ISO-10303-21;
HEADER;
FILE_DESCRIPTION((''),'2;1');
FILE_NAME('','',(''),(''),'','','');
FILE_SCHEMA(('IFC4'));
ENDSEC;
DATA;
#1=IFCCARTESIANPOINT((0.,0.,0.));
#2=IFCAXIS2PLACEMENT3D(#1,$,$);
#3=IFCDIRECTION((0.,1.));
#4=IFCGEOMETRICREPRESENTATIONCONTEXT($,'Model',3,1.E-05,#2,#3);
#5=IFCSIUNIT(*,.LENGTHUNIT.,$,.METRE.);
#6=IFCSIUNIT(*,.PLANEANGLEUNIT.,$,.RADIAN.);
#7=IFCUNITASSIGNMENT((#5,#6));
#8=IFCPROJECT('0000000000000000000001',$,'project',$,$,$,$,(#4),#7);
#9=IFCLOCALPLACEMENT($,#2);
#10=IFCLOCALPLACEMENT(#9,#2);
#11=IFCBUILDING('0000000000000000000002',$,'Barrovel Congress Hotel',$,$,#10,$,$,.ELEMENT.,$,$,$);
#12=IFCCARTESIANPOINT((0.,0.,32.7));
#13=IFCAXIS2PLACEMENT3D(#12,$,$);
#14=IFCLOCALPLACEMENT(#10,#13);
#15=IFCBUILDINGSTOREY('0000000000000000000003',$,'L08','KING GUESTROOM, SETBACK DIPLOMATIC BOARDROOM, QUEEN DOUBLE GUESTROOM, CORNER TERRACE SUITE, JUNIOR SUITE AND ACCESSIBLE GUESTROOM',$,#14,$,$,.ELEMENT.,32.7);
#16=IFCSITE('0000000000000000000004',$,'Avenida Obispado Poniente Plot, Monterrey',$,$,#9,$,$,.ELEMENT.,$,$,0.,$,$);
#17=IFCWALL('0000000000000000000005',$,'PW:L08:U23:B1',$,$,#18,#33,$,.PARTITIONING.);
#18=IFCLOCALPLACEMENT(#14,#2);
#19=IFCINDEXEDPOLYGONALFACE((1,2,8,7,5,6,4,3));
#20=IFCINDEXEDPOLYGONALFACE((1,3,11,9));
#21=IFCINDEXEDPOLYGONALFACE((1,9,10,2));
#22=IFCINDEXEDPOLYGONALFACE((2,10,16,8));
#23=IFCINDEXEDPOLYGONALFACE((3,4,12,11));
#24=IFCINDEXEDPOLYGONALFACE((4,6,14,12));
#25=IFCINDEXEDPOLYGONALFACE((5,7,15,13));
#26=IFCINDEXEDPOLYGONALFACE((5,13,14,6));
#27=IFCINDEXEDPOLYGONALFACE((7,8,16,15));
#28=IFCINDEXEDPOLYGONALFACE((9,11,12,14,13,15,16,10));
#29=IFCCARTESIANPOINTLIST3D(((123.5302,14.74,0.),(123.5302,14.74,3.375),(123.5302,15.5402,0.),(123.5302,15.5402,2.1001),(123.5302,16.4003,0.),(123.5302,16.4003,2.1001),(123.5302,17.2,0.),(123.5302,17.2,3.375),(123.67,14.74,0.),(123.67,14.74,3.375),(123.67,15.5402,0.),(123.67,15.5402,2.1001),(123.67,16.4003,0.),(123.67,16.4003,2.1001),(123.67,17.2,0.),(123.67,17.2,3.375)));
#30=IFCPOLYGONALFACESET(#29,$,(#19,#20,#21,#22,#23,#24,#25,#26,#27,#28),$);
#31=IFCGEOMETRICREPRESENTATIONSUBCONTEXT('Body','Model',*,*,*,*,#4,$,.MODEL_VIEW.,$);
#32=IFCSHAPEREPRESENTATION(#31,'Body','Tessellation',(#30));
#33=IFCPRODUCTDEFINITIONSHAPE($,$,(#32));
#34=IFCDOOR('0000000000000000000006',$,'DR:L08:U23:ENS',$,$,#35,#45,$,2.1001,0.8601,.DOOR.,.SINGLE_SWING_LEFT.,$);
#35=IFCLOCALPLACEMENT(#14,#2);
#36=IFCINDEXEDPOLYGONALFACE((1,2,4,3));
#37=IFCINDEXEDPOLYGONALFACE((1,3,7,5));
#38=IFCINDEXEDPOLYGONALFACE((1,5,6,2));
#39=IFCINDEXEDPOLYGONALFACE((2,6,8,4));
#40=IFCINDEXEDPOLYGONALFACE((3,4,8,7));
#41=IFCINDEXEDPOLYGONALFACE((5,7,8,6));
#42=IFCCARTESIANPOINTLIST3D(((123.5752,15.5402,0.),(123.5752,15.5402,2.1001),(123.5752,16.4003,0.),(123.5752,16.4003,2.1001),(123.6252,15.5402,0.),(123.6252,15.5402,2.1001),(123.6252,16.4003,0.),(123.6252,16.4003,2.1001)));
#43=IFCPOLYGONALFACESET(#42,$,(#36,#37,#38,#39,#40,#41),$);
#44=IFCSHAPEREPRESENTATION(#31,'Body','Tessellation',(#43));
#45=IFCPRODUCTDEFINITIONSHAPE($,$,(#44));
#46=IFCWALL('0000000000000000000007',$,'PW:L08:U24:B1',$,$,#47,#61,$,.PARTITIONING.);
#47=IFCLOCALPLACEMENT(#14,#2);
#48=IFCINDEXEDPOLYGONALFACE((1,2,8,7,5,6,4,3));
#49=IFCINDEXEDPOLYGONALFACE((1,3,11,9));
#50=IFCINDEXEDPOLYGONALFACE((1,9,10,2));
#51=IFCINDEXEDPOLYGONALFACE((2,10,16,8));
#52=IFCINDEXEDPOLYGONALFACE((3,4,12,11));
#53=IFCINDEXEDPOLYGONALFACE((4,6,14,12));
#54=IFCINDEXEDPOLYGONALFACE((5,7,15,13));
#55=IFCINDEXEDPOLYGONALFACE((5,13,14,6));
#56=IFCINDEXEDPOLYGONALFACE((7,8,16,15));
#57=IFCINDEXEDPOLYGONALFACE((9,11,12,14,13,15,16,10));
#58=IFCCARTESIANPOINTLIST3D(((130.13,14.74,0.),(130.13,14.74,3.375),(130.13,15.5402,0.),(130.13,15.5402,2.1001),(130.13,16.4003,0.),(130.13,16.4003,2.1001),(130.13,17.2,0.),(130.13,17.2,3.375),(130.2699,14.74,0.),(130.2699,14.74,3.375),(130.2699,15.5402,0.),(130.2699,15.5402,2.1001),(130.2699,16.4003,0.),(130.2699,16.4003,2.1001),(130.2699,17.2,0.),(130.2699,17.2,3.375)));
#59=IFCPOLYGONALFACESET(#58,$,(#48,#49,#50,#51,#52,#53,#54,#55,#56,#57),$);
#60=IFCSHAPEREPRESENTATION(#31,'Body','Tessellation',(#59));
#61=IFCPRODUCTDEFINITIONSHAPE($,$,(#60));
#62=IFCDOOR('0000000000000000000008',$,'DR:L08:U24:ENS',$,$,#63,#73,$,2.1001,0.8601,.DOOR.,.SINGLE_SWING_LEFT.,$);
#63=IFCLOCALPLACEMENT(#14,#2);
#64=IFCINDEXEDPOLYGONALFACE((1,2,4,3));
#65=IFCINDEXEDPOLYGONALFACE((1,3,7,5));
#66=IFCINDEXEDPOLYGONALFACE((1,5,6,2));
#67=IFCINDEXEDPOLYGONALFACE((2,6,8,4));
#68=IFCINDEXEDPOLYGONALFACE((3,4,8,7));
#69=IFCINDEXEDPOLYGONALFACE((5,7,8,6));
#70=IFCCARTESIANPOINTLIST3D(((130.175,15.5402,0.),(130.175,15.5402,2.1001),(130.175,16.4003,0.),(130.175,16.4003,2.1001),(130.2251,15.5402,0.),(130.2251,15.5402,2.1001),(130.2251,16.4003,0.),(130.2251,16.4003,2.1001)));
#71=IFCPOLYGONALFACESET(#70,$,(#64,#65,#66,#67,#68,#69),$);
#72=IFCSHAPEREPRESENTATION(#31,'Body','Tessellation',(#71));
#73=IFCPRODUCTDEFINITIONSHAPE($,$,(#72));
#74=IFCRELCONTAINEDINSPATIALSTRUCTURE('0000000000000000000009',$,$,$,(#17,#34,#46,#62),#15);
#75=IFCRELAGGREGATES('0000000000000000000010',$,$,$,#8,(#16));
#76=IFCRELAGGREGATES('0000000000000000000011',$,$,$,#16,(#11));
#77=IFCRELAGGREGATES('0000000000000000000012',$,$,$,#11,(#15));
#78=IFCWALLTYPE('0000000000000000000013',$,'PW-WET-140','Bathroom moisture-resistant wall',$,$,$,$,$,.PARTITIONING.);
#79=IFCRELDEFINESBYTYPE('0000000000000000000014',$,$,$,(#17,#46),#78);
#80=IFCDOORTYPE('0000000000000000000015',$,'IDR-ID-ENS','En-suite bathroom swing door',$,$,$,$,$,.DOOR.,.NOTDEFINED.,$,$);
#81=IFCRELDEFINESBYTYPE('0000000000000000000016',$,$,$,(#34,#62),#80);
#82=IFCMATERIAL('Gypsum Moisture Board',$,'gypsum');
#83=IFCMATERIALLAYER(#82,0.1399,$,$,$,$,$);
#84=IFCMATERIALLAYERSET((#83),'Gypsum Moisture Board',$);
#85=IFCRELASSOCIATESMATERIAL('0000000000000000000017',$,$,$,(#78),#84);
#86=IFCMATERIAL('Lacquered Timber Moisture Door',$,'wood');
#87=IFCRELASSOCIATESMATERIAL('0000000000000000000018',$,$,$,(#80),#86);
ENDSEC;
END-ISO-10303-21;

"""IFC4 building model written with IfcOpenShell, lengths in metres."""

from ifc_helpers import new_model, si_unit, direction, frame, frame_2d, origin, place, context, subcontext, project, spatial, rectangle, extrude, material, layer, layer_set, type_object, element, fill, save


model = new_model("IFC4")

# Units and contexts
model_context = context("Model", 3, precision=1e-05, world=origin(), true_north=direction((0.0, 1.0)))
body_context = subcontext(model_context, "Body", "Model", "MODEL_VIEW")
ifc_project = project(units=[si_unit("LENGTHUNIT", "METRE"), si_unit("PLANEANGLEUNIT", "RADIAN")], contexts=[model_context])

# Site, building, storey
site_placement = place(None, origin())
site = spatial("IfcSite", under=ifc_project, at=site_placement, Name="Avenida Obispado Poniente Plot, Monterrey", CompositionType="ELEMENT", RefElevation=0.0)
building_placement = place(site_placement, origin())
building = spatial("IfcBuilding", under=site, at=building_placement, Name="Barrovel Congress Hotel", CompositionType="ELEMENT")
storey_placement = place(building_placement, frame((0.0, 0.0, 32.7)))
storey = spatial("IfcBuildingStorey", under=building, at=storey_placement, Name="L08", Description="KING GUESTROOM, SETBACK DIPLOMATIC BOARDROOM, QUEEN DOUBLE GUESTROOM, CORNER TERRACE SUITE, JUNIOR SUITE AND ACCESSIBLE GUESTROOM", CompositionType="ELEMENT", Elevation=32.7)

# Walls, openings, doors
ifc_material_1 = material(Name="Gypsum Moisture Board", Category="gypsum")
ifc_layer_1 = layer(ifc_material_1, 0.1399)
ifc_layer_set_1 = layer_set([ifc_layer_1], Name="Gypsum Moisture Board")
wall_type_1 = type_object("IfcWallType", Name="PW-WET-140", Description="Bathroom moisture-resistant wall", PredefinedType="PARTITIONING", material=ifc_layer_set_1)
wall_1_placement = place(storey_placement, frame((123.6001, 14.74, 0.0), z_axis=(0.0, 0.0, 1.0), x_axis=(0.0, 1.0, 0.0)))
wall_1 = element("IfcWall", 1, at=wall_1_placement, inside=storey, type_object=wall_type_1, Name="PW:L08:U23:B1", PredefinedType="PARTITIONING", context=body_context, shape_type="SweptSolid", body=[
    extrude(rectangle(XDim=2.46, YDim=0.1399, at=frame_2d((1.23, 0.0))), origin(), (0.0, 0.0, 1.0), 3.375),
])
opening_1_placement = place(wall_1_placement, frame((0.8, 0.0, 0.0)))
opening_1 = element("IfcOpeningElement", 2, at=opening_1_placement, cuts=wall_1, PredefinedType="OPENING", context=body_context, shape_type="SweptSolid", body=[
    extrude(rectangle(XDim=0.8601, YDim=2.1001, at=frame_2d((0.4302, 1.05))), frame((0.0, 0.0801, 0.0), z_axis=(0.0, -1.0, 0.0), x_axis=(1.0, 0.0, 0.0)), (0.0, 0.0, 1.0), 0.1599),
])
ifc_material_2 = material(Name="Lacquered Timber Moisture Door", Category="wood")
door_type_1 = type_object("IfcDoorType", Name="IDR-ID-ENS", Description="En-suite bathroom swing door", OperationType="NOTDEFINED", PredefinedType="DOOR", material=ifc_material_2)
door_1_placement = place(opening_1_placement, origin())
door_1 = element("IfcDoor", 3, at=door_1_placement, inside=storey, type_object=door_type_1, Name="DR:L08:U23:ENS", OperationType="SINGLE_SWING_LEFT", OverallHeight=2.1001, OverallWidth=0.8601, PredefinedType="DOOR", context=body_context, shape_type="SweptSolid", body=[
    extrude(rectangle(XDim=0.8601, YDim=2.1001, at=frame_2d((0.4302, 1.05))), frame((0.0, 0.0249, 0.0), z_axis=(0.0, -1.0, 0.0), x_axis=(1.0, 0.0, 0.0)), (0.0, 0.0, 1.0), 0.05),
])
fill(opening_1, door_1)
wall_2_placement = place(storey_placement, frame((130.2, 14.74, 0.0), z_axis=(0.0, 0.0, 1.0), x_axis=(0.0, 1.0, 0.0)))
wall_2 = element("IfcWall", 4, at=wall_2_placement, inside=storey, type_object=wall_type_1, Name="PW:L08:U24:B1", PredefinedType="PARTITIONING", context=body_context, shape_type="SweptSolid", body=[
    extrude(rectangle(XDim=2.46, YDim=0.1399, at=frame_2d((1.23, 0.0))), origin(), (0.0, 0.0, 1.0), 3.375),
])
opening_2_placement = place(wall_2_placement, frame((0.8, 0.0, 0.0)))
opening_2 = element("IfcOpeningElement", 5, at=opening_2_placement, cuts=wall_2, PredefinedType="OPENING", context=body_context, shape_type="SweptSolid", body=[
    extrude(rectangle(XDim=0.8601, YDim=2.1001, at=frame_2d((0.4302, 1.05))), frame((0.0, 0.0801, 0.0), z_axis=(0.0, -1.0, 0.0), x_axis=(1.0, 0.0, 0.0)), (0.0, 0.0, 1.0), 0.1599),
])
door_2_placement = place(opening_2_placement, origin())
door_2 = element("IfcDoor", 6, at=door_2_placement, inside=storey, type_object=door_type_1, Name="DR:L08:U24:ENS", OperationType="SINGLE_SWING_LEFT", OverallHeight=2.1001, OverallWidth=0.8601, PredefinedType="DOOR", context=body_context, shape_type="SweptSolid", body=[
    extrude(rectangle(XDim=0.8601, YDim=2.1001, at=frame_2d((0.4302, 1.05))), frame((0.0, 0.0249, 0.0), z_axis=(0.0, -1.0, 0.0), x_axis=(1.0, 0.0, 0.0)), (0.0, 0.0, 1.0), 0.05),
])
fill(opening_2, door_2)

save(model, "model.ifc")
